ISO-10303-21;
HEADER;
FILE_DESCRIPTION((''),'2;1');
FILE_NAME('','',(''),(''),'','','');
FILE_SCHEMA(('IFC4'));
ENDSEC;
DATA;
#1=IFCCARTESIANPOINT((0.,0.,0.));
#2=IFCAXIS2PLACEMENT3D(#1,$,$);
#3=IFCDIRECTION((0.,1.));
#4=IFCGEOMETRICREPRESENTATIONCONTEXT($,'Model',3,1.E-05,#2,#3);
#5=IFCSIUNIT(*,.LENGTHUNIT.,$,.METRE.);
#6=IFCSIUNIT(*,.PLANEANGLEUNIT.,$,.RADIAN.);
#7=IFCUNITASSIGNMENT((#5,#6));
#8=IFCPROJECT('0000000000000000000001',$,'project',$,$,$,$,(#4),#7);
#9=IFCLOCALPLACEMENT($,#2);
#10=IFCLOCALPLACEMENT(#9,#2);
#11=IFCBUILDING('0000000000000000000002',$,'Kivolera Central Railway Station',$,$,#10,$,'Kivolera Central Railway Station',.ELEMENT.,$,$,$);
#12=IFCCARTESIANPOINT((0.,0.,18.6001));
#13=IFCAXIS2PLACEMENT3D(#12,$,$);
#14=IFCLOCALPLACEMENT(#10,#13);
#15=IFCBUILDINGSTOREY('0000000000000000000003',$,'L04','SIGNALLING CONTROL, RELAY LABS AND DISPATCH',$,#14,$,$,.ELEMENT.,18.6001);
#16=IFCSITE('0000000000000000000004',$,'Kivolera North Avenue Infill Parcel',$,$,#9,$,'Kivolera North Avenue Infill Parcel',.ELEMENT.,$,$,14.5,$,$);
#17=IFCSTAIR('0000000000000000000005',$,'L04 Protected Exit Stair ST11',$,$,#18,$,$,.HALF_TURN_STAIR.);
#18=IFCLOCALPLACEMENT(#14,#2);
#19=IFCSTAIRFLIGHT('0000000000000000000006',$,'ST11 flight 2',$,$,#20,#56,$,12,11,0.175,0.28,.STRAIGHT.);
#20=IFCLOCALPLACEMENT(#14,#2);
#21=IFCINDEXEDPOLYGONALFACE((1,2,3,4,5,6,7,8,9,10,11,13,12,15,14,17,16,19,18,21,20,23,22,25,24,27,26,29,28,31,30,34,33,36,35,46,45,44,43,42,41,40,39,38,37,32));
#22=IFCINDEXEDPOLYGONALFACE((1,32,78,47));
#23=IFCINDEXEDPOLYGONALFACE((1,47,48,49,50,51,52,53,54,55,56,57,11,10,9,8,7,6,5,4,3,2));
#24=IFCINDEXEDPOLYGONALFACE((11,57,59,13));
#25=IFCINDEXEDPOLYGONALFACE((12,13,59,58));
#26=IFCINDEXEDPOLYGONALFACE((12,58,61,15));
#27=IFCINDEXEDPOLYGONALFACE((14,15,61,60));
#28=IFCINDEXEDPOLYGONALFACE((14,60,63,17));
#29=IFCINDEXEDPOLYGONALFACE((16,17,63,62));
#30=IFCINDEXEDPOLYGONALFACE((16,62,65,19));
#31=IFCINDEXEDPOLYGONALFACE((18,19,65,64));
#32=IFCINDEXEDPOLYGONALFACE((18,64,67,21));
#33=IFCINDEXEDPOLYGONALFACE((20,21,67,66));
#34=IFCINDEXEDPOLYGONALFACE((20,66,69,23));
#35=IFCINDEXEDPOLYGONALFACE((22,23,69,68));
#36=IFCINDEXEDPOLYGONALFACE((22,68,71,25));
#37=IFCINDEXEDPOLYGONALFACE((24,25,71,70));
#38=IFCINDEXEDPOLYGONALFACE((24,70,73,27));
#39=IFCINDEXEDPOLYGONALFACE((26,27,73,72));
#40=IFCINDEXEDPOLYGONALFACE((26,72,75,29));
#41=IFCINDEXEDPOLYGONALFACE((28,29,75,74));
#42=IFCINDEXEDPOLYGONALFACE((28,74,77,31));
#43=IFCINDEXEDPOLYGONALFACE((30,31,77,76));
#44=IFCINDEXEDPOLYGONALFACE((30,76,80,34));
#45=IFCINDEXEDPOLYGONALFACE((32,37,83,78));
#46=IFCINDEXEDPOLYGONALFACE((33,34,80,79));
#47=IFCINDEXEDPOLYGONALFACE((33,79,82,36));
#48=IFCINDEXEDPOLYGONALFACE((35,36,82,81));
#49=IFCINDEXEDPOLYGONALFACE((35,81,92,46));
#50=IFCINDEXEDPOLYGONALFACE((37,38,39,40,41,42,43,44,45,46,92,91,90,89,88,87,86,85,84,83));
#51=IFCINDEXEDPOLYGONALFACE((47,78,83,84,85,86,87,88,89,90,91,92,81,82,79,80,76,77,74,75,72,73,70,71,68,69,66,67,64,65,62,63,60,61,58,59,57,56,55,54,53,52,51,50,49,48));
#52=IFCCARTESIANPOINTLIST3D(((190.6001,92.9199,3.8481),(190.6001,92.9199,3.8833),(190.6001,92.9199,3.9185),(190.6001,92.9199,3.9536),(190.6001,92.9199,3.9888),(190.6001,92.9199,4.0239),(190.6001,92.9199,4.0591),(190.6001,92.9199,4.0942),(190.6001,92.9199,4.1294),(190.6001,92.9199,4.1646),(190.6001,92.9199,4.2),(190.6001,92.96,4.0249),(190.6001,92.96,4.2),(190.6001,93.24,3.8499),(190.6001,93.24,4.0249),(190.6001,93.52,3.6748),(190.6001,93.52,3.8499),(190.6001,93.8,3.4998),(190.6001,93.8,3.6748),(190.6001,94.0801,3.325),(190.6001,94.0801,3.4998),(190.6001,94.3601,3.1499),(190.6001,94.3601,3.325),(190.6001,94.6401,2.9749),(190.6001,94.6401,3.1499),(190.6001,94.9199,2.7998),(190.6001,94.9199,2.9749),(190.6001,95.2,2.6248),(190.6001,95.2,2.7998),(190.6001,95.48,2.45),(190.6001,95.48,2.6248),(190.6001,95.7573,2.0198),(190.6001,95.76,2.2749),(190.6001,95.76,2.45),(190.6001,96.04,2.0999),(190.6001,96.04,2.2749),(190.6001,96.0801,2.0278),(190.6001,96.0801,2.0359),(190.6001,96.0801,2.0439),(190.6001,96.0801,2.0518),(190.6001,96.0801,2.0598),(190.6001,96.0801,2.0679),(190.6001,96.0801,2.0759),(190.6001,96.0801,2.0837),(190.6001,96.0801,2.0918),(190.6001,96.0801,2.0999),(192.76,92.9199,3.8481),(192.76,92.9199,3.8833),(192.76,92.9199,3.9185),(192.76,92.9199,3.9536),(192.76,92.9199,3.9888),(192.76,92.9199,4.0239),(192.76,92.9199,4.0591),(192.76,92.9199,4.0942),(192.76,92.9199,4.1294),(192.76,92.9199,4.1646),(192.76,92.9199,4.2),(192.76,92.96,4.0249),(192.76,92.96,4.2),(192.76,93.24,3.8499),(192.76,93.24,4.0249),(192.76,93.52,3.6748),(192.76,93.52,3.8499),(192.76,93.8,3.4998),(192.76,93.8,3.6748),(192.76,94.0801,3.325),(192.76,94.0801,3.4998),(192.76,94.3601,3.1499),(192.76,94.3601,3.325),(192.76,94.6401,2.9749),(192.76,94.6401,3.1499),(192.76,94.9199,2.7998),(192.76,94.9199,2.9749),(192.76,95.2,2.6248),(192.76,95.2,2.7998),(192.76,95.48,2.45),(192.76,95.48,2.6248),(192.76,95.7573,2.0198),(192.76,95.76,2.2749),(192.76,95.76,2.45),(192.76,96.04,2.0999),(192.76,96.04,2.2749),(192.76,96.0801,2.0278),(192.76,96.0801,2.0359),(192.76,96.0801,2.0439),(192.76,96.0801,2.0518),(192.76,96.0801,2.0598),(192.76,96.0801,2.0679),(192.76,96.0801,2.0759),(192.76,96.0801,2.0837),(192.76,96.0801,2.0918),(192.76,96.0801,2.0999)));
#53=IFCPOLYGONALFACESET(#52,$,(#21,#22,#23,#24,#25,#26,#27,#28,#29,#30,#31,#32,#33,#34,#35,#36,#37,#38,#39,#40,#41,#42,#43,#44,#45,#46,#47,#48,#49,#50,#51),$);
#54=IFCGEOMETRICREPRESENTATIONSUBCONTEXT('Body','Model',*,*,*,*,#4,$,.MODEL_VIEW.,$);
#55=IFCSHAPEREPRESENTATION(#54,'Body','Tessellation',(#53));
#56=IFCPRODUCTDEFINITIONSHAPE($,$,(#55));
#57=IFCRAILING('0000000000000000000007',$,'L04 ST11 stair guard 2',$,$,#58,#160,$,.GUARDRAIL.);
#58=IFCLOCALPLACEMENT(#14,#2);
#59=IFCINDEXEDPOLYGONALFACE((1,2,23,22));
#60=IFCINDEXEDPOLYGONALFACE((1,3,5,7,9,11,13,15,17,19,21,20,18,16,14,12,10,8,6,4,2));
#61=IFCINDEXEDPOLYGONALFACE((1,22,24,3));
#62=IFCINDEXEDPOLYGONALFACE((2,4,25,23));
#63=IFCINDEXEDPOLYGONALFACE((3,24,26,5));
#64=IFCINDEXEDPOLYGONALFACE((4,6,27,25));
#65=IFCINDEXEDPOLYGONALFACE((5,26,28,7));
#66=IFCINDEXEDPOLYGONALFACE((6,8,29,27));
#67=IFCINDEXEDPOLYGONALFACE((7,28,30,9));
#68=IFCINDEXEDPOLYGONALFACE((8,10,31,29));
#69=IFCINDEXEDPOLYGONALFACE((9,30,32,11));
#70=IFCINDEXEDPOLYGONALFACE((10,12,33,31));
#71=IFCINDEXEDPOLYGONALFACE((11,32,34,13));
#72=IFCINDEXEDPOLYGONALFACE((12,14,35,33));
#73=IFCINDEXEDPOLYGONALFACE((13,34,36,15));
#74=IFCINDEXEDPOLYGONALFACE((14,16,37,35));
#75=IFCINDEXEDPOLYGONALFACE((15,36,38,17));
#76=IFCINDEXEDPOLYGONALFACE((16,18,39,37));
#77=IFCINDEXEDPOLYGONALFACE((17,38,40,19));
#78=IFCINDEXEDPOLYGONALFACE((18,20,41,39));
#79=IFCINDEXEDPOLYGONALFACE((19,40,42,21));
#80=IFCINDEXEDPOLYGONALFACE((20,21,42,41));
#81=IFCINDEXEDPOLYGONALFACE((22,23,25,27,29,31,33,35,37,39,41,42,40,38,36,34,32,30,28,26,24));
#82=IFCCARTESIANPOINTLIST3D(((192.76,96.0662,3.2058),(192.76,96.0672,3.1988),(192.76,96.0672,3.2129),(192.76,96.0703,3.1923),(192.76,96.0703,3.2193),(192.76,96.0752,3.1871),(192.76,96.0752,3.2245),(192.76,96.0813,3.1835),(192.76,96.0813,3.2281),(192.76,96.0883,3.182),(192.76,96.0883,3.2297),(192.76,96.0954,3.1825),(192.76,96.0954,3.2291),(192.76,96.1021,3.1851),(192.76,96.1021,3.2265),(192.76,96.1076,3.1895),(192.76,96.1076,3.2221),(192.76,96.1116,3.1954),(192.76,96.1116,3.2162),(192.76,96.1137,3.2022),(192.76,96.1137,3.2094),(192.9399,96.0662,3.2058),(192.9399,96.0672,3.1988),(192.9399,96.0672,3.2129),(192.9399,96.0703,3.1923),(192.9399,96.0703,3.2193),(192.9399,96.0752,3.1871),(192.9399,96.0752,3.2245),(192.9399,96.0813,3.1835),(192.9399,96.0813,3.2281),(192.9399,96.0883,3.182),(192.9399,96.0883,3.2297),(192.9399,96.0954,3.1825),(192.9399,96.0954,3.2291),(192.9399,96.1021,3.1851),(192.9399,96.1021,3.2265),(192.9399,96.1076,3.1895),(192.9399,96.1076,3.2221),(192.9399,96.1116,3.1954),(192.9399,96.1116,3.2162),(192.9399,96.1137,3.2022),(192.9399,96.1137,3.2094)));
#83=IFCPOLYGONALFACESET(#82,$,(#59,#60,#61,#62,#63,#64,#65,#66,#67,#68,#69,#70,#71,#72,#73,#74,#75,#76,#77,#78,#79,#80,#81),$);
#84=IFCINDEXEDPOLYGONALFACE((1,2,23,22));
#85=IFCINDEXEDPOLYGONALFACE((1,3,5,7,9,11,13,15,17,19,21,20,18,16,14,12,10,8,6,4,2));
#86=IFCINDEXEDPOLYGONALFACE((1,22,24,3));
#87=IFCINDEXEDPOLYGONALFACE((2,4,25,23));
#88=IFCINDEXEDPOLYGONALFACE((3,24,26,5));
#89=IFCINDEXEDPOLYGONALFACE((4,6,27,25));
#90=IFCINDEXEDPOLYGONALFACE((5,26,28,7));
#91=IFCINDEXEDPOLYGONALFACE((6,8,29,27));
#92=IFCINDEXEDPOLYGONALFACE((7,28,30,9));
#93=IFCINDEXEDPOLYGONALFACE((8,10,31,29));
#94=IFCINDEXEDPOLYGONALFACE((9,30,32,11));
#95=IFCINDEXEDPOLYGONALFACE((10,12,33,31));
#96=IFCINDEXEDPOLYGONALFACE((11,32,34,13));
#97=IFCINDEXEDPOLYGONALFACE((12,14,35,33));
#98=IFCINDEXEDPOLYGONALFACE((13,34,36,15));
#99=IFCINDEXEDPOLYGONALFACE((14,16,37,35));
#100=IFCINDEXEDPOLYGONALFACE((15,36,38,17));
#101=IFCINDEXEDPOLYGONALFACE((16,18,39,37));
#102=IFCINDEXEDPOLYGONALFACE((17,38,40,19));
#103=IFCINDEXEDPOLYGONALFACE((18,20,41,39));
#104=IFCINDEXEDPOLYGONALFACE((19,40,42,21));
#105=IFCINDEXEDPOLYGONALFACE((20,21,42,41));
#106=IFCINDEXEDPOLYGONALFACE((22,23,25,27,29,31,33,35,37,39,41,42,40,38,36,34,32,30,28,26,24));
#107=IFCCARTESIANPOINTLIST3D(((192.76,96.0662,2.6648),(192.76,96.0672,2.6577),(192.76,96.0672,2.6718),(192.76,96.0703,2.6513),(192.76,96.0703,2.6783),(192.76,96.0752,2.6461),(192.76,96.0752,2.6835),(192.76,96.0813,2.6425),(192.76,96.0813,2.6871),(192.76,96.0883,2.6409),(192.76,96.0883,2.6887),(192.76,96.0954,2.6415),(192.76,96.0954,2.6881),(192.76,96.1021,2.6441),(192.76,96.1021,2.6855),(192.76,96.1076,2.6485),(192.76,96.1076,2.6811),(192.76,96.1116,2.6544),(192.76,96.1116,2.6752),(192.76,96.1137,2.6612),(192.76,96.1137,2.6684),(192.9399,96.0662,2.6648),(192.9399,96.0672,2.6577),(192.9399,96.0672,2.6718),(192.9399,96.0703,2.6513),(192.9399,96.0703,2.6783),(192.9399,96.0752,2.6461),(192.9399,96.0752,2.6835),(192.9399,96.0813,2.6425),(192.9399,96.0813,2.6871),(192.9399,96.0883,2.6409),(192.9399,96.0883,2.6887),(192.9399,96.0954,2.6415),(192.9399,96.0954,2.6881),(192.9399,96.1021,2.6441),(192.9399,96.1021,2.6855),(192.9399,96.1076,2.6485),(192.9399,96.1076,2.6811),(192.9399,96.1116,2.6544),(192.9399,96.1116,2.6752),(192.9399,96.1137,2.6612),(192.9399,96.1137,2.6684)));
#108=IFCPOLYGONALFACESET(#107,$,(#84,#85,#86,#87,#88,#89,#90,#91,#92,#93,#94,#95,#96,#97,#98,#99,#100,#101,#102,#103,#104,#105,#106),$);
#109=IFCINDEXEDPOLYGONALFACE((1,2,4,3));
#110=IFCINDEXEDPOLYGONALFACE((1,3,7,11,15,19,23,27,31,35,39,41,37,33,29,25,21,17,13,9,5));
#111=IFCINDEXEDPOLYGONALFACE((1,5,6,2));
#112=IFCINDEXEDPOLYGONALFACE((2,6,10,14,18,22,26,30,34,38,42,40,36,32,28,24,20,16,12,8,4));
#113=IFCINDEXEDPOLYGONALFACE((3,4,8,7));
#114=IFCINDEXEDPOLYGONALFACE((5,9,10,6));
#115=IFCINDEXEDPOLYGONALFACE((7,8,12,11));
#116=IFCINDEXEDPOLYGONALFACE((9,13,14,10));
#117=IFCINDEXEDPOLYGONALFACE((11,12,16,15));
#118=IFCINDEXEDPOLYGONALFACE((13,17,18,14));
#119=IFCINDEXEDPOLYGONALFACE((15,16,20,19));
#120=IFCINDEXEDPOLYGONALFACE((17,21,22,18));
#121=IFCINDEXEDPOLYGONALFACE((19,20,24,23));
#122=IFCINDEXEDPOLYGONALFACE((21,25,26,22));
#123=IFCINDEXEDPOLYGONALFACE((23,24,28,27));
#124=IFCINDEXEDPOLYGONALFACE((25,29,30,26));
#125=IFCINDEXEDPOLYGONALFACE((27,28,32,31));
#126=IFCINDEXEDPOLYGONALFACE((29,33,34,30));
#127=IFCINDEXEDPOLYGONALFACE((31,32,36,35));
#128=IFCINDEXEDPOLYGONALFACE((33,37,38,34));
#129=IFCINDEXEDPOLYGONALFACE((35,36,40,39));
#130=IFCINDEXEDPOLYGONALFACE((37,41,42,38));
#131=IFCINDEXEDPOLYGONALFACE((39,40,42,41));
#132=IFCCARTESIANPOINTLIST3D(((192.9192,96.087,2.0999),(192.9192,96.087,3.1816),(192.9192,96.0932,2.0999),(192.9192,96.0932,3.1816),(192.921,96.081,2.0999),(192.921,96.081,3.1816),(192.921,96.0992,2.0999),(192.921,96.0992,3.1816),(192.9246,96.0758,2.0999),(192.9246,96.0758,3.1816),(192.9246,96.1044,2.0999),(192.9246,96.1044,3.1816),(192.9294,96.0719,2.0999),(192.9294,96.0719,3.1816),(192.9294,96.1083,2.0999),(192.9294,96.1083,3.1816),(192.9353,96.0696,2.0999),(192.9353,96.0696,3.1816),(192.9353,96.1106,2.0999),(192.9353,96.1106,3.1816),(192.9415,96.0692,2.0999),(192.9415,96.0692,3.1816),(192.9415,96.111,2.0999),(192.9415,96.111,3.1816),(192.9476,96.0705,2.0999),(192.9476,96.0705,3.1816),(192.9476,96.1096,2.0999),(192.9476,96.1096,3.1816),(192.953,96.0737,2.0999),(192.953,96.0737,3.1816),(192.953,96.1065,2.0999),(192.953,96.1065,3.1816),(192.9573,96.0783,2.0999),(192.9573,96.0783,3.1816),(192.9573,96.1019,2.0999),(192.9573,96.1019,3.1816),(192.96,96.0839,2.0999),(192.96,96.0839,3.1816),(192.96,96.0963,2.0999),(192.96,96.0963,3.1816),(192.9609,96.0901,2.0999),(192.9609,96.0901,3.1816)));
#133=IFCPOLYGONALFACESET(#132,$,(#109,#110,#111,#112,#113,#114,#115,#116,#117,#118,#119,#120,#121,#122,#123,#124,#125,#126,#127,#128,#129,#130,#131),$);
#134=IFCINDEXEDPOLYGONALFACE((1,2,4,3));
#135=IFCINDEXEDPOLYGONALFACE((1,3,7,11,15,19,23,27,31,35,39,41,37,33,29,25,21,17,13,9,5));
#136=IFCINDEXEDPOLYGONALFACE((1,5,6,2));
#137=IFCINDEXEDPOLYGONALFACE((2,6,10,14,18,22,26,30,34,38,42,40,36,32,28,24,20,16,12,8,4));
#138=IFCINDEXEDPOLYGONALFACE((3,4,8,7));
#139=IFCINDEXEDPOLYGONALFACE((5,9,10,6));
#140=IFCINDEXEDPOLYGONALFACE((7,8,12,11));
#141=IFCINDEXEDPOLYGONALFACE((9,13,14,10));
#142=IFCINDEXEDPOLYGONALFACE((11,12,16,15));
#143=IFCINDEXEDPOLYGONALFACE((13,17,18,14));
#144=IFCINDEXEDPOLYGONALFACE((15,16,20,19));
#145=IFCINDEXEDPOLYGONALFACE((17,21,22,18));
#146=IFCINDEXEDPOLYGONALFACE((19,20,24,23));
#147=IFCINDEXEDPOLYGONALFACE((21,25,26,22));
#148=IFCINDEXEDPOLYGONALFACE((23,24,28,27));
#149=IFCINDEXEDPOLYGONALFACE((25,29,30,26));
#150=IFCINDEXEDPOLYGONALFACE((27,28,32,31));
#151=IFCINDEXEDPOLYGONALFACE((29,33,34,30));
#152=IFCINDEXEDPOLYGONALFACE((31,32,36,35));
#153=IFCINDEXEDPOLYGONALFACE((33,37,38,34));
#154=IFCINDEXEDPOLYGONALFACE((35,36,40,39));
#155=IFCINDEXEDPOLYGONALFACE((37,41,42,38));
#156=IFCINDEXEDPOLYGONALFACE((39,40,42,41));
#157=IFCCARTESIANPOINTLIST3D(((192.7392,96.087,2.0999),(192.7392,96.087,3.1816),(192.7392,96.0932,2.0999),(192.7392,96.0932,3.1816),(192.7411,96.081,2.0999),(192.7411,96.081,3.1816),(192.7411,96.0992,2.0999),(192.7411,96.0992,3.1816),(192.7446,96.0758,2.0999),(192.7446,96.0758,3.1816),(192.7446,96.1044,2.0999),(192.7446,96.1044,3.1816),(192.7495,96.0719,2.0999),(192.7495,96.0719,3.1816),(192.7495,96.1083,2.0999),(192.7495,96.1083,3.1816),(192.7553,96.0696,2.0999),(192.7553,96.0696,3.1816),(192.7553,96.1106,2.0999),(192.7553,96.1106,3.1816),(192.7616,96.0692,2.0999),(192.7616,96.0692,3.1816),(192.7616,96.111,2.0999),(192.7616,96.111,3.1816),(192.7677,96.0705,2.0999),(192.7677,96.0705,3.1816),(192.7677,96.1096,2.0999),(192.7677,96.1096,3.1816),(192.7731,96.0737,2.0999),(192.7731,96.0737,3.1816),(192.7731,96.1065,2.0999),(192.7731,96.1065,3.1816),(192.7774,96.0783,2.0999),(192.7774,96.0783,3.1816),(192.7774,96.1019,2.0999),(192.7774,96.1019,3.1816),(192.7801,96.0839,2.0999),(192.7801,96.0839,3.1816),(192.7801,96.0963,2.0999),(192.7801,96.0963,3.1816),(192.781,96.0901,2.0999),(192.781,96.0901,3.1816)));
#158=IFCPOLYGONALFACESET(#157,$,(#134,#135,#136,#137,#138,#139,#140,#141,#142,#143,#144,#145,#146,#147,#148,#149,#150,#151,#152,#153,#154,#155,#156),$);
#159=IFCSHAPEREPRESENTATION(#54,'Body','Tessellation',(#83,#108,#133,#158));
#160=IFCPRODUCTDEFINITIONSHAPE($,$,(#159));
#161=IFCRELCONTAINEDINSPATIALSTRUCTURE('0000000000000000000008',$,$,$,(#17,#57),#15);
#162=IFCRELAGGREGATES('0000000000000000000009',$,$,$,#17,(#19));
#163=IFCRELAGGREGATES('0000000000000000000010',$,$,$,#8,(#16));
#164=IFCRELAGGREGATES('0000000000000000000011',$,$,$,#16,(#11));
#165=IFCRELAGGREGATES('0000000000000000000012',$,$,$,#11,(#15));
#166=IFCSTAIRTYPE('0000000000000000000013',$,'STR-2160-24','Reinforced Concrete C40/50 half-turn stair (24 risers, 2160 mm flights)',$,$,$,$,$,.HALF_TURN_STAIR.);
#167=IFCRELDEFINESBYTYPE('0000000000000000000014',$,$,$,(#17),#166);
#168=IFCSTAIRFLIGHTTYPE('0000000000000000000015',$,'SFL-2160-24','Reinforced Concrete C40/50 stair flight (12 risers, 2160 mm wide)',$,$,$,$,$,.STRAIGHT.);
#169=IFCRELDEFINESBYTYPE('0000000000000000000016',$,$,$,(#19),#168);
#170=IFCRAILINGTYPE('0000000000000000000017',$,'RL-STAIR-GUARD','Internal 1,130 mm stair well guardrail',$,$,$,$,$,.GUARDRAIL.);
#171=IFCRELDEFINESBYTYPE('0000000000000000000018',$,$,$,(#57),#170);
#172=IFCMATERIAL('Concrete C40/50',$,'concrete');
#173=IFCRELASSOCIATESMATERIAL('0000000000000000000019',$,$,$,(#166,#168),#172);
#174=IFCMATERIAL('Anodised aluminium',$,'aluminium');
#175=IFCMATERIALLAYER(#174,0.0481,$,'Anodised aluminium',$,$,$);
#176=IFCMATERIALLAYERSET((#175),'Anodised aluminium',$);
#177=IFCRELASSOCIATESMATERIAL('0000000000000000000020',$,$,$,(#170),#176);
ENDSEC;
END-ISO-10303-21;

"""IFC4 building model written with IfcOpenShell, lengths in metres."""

from ifc_helpers import new_model, si_unit, direction, frame, origin, origin_2d, place, context, subcontext, project, spatial, polyline, circle, outline, extrude, material, layer, layer_set, type_object, element, aggregate, save


model = new_model("IFC4")

# Units and contexts
model_context = context("Model", 3, precision=1e-05, world=origin(), true_north=direction((0.0, 1.0)))
body_context = subcontext(model_context, "Body", "Model", "MODEL_VIEW")
ifc_project = project(units=[si_unit("LENGTHUNIT", "METRE"), si_unit("PLANEANGLEUNIT", "RADIAN")], contexts=[model_context])

# Site, building, storey
site_placement = place(None, origin())
site = spatial("IfcSite", under=ifc_project, at=site_placement, Name="Kivolera North Avenue Infill Parcel", LongName="Kivolera North Avenue Infill Parcel", CompositionType="ELEMENT", RefElevation=14.5)
building_placement = place(site_placement, origin())
building = spatial("IfcBuilding", under=site, at=building_placement, Name="Kivolera Central Railway Station", LongName="Kivolera Central Railway Station", CompositionType="ELEMENT")
storey_placement = place(building_placement, frame((0.0, 0.0, 18.6001)))
storey = spatial("IfcBuildingStorey", under=building, at=storey_placement, Name="L04", Description="SIGNALLING CONTROL, RELAY LABS AND DISPATCH", CompositionType="ELEMENT", Elevation=18.6001)

# Shared definitions
ifc_material_1 = material(Name="Anodised aluminium", Category="aluminium")

# Shared definitions
ifc_material_2 = material(Name="Concrete C40/50", Category="concrete")

# Stair, stair flight
stair_type = type_object("IfcStairType", Name="STR-2160-24", Description="Reinforced Concrete C40/50 half-turn stair (24 risers, 2160 mm flights)", PredefinedType="HALF_TURN_STAIR", material=ifc_material_2)
stair_placement = place(storey_placement, origin())
stair = element("IfcStair", 1, at=stair_placement, inside=storey, type_object=stair_type, Name="L04 Protected Exit Stair ST11", PredefinedType="HALF_TURN_STAIR")
stair_flight_type = type_object("IfcStairFlightType", Name="SFL-2160-24", Description="Reinforced Concrete C40/50 stair flight (12 risers, 2160 mm wide)", PredefinedType="STRAIGHT", material=ifc_material_2)
stair_flight_placement = place(storey_placement, frame((191.6799, 96.04, 2.0999), z_axis=(0.0, 0.0, 1.0), x_axis=(0.0, -1.0, 0.0)))
stair_flight = element("IfcStairFlight", 2, at=stair_flight_placement, type_object=stair_flight_type, Name="ST11 flight 2", NumberOfRisers=12, NumberOfTreads=11, PredefinedType="STRAIGHT", RiserHeight=0.175, TreadLength=0.28, context=body_context, shape_type="SweptSolid", body=[
    extrude(outline(polyline([(-0.04, 0.0), (0.0, 0.0), (0.0, 0.175), (0.28, 0.175), (0.28, 0.3501), (0.5601, 0.3501), (0.5601, 0.5249), (0.8401, 0.5249), (0.8401, 0.7), (1.1201, 0.7), (1.1201, 0.875), (1.3999, 0.875), (1.3999, 1.05), (1.6799, 1.05), (1.6799, 1.2251), (1.96, 1.2251), (1.96, 1.3999), (2.24, 1.3999), (2.24, 1.575), (2.52, 1.575), (2.52, 1.75), (2.8, 1.75), (2.8, 1.925), (3.0801, 1.925), (3.0801, 2.1001), (3.1201, 2.1001), (3.1201, 2.0647), (3.1201, 2.0295), (3.1201, 1.9944), (3.1201, 1.9592), (3.1201, 1.9241), (3.1201, 1.8889), (3.1201, 1.8538), (3.1201, 1.8186), (3.1201, 1.7834), (3.1201, 1.7483), (0.2827, -0.0801), (-0.04, -0.072), (-0.04, -0.064), (-0.04, -0.0559), (-0.04, -0.0481), (-0.04, -0.04), (-0.04, -0.032), (-0.04, -0.0239), (-0.04, -0.0161), (-0.04, -0.0081), (-0.04, 0.0)])), frame((0.0, 1.0801, 0.0), z_axis=(0.0, -1.0, 0.0), x_axis=(1.0, 0.0, 0.0)), (0.0, 0.0, 1.0), 2.1599),
])
aggregate(stair, [stair_flight])

# Railing
ifc_layer_1 = layer(ifc_material_1, 0.0481, Name="Anodised aluminium")
ifc_layer_set_1 = layer_set([ifc_layer_1], Name="Anodised aluminium")
railing_type_1 = type_object("IfcRailingType", Name="RL-STAIR-GUARD", Description="Internal 1,130 mm stair well guardrail", PredefinedType="GUARDRAIL", material=ifc_layer_set_1)
railing_1_placement = place(storey_placement, frame((192.9399, 96.0901, 2.0999)))
element("IfcRailing", 3, at=railing_1_placement, inside=storey, type_object=railing_type_1, Name="L04 ST11 stair guard 2", PredefinedType="GUARDRAIL", context=body_context, shape_type="SweptSolid", body=[
    extrude(circle(Radius=0.0239, at=origin_2d()), frame((0.0, 0.0, 1.106), z_axis=(-1.0, 0.0, 0.0), x_axis=(0.0, -1.0, 0.0)), (0.0, 0.0, 1.0), 0.1799),
    extrude(circle(Radius=0.0239, at=origin_2d()), frame((0.0, 0.0, 0.5649), z_axis=(-1.0, 0.0, 0.0), x_axis=(0.0, -1.0, 0.0)), (0.0, 0.0, 1.0), 0.1799),
    extrude(circle(Radius=0.021, at=origin_2d()), origin(), (0.0, 0.0, 1.0), 1.0818),
    extrude(circle(Radius=0.021, at=origin_2d()), frame((-0.1799, 0.0, 0.0)), (0.0, 0.0, 1.0), 1.0818),
])

save(model, "model.ifc")
